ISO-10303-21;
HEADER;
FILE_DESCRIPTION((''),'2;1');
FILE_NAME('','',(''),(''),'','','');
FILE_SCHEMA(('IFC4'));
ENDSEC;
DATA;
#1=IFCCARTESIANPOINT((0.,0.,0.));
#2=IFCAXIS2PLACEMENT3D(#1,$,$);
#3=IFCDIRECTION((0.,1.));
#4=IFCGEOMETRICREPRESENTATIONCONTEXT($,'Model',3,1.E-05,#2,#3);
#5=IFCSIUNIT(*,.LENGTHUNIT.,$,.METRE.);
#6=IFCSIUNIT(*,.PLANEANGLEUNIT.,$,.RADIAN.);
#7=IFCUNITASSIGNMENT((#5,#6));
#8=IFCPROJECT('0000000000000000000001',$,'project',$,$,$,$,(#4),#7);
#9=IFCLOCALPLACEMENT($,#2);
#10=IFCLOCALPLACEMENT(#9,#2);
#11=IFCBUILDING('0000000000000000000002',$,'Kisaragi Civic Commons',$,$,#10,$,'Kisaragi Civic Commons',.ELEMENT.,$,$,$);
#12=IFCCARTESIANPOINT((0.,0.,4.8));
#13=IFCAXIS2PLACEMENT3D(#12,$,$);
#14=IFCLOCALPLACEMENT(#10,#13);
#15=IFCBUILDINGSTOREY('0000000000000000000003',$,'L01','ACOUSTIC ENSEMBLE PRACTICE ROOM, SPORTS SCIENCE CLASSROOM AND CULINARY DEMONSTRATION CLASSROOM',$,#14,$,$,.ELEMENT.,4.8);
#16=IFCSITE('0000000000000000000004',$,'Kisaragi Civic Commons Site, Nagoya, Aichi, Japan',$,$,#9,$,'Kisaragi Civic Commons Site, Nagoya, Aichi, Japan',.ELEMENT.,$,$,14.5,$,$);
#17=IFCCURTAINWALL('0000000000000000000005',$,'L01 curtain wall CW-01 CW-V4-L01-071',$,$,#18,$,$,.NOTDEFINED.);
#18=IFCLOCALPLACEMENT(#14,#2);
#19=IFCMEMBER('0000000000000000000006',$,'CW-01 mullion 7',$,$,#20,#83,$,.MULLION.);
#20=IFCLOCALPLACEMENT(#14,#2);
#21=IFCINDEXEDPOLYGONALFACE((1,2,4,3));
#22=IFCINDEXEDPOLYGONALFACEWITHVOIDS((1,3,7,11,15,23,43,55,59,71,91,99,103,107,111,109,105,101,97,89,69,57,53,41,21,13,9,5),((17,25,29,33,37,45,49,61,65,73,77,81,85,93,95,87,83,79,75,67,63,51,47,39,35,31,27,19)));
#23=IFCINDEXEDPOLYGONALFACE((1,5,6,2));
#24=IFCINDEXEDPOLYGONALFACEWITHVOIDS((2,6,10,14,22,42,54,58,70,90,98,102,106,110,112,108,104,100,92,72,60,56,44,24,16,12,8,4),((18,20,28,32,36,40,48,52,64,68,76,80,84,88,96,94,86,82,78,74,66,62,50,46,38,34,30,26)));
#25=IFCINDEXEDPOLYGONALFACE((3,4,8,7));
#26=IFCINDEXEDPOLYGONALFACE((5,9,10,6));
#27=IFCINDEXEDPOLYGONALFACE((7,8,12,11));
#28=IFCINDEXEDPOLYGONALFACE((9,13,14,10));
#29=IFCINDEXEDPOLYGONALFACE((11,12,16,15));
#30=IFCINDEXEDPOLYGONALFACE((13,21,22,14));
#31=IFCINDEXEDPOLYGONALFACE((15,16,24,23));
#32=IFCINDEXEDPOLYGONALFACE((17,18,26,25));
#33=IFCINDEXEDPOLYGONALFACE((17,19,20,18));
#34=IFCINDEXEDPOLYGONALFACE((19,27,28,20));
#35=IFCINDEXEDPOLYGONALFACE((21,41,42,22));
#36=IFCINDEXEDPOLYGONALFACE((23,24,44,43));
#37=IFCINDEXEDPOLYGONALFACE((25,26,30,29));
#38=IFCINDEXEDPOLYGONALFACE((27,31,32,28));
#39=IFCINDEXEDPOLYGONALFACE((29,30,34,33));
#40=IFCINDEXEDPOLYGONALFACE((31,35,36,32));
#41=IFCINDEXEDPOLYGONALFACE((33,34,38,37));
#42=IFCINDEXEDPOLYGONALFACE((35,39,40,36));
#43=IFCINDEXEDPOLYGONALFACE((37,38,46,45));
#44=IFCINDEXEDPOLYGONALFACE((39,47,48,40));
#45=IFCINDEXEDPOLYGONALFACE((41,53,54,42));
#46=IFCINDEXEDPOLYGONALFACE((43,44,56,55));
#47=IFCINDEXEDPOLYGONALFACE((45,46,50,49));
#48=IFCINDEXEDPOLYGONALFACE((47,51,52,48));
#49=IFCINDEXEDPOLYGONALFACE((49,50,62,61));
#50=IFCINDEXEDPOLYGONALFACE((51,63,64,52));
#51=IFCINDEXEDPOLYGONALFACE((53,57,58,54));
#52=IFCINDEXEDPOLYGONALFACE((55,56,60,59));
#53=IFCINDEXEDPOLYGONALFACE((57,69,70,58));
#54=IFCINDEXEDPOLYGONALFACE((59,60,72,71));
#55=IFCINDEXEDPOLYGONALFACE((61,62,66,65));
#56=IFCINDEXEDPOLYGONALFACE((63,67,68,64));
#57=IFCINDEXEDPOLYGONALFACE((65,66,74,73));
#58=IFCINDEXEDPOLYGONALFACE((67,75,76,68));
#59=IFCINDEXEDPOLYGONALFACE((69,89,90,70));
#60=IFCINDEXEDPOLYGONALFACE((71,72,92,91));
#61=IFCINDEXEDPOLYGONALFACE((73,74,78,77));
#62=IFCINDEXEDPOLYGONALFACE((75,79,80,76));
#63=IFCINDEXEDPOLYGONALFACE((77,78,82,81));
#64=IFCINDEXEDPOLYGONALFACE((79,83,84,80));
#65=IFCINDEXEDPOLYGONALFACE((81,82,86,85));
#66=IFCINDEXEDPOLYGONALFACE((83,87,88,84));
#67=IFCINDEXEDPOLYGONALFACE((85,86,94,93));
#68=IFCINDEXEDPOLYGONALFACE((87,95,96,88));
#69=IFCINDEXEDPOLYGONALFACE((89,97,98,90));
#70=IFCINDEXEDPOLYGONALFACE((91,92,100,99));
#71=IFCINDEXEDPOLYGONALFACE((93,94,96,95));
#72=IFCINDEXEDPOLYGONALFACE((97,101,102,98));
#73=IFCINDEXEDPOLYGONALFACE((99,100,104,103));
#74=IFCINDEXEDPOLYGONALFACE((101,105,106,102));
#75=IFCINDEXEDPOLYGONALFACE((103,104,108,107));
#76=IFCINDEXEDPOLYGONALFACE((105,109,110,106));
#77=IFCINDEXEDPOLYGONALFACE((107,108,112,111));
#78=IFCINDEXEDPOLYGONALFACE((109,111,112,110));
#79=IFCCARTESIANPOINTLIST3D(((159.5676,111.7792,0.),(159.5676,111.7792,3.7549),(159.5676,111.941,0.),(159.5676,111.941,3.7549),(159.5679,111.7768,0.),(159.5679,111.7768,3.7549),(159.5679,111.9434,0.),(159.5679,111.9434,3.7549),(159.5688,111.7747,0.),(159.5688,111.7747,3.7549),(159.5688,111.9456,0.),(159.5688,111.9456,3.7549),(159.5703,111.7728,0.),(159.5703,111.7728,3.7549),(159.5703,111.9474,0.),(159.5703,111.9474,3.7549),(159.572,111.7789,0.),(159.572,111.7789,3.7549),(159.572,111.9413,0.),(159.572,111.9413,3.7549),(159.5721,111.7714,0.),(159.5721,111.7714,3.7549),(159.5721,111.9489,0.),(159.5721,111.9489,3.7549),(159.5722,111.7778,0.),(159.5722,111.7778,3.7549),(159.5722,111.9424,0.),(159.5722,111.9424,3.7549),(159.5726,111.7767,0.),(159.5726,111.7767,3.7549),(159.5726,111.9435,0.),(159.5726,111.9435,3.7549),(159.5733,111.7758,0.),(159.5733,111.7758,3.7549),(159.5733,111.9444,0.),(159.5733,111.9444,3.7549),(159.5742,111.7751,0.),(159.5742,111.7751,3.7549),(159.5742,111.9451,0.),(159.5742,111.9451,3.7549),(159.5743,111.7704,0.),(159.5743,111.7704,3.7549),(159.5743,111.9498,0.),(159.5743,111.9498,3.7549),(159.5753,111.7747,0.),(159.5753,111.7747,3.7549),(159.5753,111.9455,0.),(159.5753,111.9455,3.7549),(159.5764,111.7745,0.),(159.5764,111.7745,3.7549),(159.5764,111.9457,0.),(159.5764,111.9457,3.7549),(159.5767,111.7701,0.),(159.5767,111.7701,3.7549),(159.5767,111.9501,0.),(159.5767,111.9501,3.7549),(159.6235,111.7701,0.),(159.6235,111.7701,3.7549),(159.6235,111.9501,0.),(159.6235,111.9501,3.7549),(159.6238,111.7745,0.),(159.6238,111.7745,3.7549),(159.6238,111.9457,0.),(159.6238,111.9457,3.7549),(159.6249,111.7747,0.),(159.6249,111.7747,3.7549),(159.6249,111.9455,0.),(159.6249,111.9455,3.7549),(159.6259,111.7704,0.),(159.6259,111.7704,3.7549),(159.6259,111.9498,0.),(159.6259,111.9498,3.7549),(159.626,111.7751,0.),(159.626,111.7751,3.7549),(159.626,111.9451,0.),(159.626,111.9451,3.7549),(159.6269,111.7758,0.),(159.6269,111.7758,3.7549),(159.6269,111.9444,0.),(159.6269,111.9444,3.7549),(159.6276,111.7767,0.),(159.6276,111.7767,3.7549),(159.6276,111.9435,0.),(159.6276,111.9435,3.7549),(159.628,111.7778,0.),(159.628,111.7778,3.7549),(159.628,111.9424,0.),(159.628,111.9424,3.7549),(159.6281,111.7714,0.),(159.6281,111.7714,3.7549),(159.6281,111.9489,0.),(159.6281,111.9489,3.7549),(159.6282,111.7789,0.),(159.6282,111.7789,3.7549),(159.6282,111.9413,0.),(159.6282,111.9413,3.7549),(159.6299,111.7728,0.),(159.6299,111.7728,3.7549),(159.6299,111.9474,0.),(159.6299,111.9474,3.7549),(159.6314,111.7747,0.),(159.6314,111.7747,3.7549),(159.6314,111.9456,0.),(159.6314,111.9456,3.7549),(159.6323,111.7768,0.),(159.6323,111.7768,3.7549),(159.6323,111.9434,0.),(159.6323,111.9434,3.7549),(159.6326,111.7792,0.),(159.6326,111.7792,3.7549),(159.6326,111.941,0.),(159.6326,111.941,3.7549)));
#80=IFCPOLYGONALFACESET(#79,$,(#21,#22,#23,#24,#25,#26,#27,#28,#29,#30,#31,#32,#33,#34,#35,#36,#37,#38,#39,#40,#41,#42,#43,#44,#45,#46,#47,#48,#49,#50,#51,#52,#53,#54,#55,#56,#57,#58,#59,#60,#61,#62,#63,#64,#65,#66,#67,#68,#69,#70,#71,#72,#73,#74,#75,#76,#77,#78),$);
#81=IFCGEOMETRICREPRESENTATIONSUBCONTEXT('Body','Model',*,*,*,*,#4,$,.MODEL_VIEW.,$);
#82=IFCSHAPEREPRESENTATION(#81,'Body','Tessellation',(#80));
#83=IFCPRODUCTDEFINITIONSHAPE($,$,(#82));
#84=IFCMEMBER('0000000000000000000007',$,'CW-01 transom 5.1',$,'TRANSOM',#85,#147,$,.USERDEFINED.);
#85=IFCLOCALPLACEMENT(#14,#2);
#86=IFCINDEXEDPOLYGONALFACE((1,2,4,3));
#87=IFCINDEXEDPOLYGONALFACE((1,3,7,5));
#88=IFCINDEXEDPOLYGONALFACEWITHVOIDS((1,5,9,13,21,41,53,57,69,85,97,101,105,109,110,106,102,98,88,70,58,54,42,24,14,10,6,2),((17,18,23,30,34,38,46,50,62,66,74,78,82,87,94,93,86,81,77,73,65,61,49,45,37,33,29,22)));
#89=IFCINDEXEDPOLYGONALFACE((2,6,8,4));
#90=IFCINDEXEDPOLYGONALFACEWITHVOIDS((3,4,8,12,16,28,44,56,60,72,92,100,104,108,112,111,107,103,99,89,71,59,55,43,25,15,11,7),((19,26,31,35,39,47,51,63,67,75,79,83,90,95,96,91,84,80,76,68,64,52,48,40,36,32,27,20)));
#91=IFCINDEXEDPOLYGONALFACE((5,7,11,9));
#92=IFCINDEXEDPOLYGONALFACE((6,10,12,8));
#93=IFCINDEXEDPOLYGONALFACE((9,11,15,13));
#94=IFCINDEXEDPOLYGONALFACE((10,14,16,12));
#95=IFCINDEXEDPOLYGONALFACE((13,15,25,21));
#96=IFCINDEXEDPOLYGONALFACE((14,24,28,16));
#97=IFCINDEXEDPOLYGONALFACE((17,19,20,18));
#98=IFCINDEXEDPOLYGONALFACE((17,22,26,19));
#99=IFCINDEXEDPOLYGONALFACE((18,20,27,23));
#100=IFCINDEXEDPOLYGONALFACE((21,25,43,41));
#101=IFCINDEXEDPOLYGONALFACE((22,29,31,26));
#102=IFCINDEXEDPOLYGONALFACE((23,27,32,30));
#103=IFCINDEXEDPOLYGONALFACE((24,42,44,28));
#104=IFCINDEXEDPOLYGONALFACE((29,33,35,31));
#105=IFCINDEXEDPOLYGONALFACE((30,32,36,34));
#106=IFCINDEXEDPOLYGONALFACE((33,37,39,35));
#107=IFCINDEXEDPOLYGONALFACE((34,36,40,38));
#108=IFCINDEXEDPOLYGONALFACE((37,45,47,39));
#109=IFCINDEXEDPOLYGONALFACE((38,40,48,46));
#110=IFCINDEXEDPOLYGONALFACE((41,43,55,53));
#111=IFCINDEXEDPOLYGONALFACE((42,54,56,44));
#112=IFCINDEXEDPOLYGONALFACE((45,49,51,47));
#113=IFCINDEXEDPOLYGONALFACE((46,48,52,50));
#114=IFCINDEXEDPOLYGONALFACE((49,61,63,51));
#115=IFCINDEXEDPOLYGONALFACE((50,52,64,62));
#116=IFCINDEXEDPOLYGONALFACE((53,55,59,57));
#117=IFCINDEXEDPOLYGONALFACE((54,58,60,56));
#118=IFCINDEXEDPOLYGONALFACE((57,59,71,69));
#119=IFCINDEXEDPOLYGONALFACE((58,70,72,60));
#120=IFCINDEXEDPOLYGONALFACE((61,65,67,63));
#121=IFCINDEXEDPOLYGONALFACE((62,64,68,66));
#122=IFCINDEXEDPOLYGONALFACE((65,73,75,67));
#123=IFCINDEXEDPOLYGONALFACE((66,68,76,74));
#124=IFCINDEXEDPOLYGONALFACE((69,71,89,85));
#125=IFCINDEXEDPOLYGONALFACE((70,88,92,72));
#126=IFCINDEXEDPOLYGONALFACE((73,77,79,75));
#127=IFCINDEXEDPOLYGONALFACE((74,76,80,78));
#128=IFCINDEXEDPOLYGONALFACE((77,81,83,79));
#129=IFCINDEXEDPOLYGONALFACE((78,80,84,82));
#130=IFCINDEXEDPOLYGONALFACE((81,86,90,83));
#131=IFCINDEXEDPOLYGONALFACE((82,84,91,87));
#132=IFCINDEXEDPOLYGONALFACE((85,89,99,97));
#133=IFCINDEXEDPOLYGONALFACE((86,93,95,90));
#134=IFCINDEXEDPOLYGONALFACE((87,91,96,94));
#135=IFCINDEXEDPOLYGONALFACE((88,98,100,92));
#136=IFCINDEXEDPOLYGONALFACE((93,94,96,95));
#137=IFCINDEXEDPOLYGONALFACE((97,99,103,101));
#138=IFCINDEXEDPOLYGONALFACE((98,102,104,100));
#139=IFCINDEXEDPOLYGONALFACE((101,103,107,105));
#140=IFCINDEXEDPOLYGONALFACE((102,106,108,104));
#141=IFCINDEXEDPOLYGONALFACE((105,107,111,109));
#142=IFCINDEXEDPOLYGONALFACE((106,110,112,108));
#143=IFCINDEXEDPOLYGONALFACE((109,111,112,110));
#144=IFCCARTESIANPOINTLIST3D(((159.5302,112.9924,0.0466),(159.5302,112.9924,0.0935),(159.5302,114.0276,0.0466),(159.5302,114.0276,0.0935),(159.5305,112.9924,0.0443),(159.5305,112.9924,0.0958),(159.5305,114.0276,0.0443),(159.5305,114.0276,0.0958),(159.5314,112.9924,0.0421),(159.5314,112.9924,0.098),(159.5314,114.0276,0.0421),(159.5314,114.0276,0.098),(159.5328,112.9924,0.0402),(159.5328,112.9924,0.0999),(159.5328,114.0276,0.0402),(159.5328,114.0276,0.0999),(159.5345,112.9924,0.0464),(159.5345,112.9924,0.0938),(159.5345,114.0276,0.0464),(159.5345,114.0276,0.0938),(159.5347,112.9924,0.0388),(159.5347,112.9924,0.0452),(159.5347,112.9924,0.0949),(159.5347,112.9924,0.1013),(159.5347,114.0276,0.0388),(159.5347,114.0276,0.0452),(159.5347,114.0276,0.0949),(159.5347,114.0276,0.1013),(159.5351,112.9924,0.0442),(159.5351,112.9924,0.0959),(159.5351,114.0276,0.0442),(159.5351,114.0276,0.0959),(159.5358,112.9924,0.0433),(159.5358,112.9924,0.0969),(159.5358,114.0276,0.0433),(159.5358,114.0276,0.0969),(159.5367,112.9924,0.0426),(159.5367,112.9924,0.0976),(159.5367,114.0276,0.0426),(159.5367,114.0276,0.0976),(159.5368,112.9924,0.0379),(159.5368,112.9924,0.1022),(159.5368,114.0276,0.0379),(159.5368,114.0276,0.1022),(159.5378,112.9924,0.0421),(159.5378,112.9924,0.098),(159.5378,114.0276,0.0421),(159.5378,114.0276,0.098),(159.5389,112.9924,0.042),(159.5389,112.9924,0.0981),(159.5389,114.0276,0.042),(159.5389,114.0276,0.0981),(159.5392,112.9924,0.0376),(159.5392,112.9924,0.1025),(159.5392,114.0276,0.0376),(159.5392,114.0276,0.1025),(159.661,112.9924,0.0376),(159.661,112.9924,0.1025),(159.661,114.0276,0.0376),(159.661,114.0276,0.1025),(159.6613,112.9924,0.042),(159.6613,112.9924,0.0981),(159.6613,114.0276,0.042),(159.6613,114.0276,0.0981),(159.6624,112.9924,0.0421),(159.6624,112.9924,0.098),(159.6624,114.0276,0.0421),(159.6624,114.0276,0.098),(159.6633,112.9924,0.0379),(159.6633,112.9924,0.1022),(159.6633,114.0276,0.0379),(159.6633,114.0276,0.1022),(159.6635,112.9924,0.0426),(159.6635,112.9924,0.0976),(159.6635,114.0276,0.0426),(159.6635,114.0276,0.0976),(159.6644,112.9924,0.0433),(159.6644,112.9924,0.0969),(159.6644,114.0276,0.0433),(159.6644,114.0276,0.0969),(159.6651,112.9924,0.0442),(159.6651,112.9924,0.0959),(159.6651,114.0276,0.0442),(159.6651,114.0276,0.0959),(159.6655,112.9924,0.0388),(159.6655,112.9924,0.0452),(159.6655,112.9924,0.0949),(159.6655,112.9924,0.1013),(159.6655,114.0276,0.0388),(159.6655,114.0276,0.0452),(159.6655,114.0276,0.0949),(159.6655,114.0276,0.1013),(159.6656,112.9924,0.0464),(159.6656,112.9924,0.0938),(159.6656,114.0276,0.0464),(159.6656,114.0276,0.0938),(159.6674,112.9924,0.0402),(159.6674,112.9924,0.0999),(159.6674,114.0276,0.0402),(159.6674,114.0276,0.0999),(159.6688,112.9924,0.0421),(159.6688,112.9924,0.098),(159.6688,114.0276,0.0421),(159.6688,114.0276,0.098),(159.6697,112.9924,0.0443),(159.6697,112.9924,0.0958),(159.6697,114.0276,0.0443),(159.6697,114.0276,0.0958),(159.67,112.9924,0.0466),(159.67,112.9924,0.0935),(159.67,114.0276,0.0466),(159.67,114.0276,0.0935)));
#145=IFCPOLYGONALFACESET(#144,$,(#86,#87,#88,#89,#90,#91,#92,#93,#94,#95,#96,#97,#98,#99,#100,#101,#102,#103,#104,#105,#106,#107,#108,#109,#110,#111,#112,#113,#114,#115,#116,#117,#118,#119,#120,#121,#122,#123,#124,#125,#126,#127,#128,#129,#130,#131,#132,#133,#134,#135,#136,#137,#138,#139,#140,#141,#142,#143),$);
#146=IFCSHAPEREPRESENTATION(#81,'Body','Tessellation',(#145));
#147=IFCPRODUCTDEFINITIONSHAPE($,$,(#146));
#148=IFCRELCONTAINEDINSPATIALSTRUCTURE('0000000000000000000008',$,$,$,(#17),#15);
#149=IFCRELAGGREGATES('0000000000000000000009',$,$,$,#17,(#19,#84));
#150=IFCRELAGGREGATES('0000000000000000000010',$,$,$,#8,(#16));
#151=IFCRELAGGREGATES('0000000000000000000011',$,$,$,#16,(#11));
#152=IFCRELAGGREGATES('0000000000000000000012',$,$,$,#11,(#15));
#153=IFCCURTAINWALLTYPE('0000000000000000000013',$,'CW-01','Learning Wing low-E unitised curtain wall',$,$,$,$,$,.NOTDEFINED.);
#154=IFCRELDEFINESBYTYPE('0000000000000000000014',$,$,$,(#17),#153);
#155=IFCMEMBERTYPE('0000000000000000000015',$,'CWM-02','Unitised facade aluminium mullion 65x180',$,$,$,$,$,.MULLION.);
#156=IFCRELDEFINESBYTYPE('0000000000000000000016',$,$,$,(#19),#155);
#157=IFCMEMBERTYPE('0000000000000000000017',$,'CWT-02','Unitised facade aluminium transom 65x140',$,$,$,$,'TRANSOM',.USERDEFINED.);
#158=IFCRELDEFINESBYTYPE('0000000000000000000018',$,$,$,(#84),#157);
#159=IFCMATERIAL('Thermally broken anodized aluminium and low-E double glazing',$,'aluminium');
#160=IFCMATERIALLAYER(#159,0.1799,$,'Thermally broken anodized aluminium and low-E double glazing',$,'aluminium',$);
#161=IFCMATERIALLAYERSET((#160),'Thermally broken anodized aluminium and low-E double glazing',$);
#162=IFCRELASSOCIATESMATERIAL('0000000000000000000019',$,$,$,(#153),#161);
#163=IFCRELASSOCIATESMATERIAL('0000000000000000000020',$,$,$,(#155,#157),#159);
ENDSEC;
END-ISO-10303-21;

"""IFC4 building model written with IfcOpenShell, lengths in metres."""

from ifc_helpers import new_model, si_unit, direction, frame, origin, origin_2d, place, context, subcontext, project, spatial, hollow_rectangle, extrude, material, layer, layer_set, material_profile, profile_set, type_object, element, aggregate, save


model = new_model("IFC4")

# Units and contexts
model_context = context("Model", 3, precision=1e-05, world=origin(), true_north=direction((0.0, 1.0)))
body_context = subcontext(model_context, "Body", "Model", "MODEL_VIEW")
ifc_project = project(units=[si_unit("LENGTHUNIT", "METRE"), si_unit("PLANEANGLEUNIT", "RADIAN")], contexts=[model_context])

# Site, building, storey
site_placement = place(None, origin())
site = spatial("IfcSite", under=ifc_project, at=site_placement, Name="Kisaragi Civic Commons Site, Nagoya, Aichi, Japan", LongName="Kisaragi Civic Commons Site, Nagoya, Aichi, Japan", CompositionType="ELEMENT", RefElevation=14.5)
building_placement = place(site_placement, origin())
building = spatial("IfcBuilding", under=site, at=building_placement, Name="Kisaragi Civic Commons", LongName="Kisaragi Civic Commons", CompositionType="ELEMENT")
storey_placement = place(building_placement, frame((0.0, 0.0, 4.8)))
storey = spatial("IfcBuildingStorey", under=building, at=storey_placement, Name="L01", Description="ACOUSTIC ENSEMBLE PRACTICE ROOM, SPORTS SCIENCE CLASSROOM AND CULINARY DEMONSTRATION CLASSROOM", CompositionType="ELEMENT", Elevation=4.8)

# Curtain wall, members
ifc_material = material(Name="Thermally broken anodized aluminium and low-E double glazing", Category="aluminium")
ifc_layer_1 = layer(ifc_material, 0.1799, Name="Thermally broken anodized aluminium and low-E double glazing", Category="aluminium")
ifc_layer_set_1 = layer_set([ifc_layer_1], Name="Thermally broken anodized aluminium and low-E double glazing")
curtain_wall_type = type_object("IfcCurtainWallType", Name="CW-01", Description="Learning Wing low-E unitised curtain wall", PredefinedType="NOTDEFINED", material=ifc_layer_set_1)
curtain_wall_placement = place(storey_placement, origin())
curtain_wall = element("IfcCurtainWall", 1, at=curtain_wall_placement, inside=storey, type_object=curtain_wall_type, Name="L01 curtain wall CW-01 CW-V4-L01-071", PredefinedType="NOTDEFINED")
ifc_material_profile_1 = material_profile(ifc_material, hollow_rectangle(XDim=0.0649, YDim=0.1799, WallThickness=0.0044, InnerFilletRadius=0.0044, OuterFilletRadius=0.009, at=origin_2d()), Name="CWM-65x180x4.5", Category="aluminium")
ifc_profile_set_1 = profile_set([ifc_material_profile_1], Name="Thermally broken anodized aluminium and low-E double glazing")
member_type_1 = type_object("IfcMemberType", Name="CWM-02", Description="Unitised facade aluminium mullion 65x180", PredefinedType="MULLION", material=ifc_profile_set_1)
member_1_placement = place(storey_placement, frame((159.6001, 111.8601, 0.0), z_axis=(0.0, 0.0, 1.0), x_axis=(1.0, 0.0, 0.0)))
member_1 = element("IfcMember", 2, at=member_1_placement, type_object=member_type_1, Name="CW-01 mullion 7", PredefinedType="MULLION", context=body_context, shape_type="SweptSolid", body=[
    extrude(hollow_rectangle(XDim=0.0649, YDim=0.1799, WallThickness=0.0044, InnerFilletRadius=0.0044, OuterFilletRadius=0.009, at=origin_2d()), origin(), (0.0, 0.0, 1.0), 3.7549),
])
ifc_material_profile_2 = material_profile(ifc_material, hollow_rectangle(XDim=0.1399, YDim=0.0649, WallThickness=0.0044, InnerFilletRadius=0.0044, OuterFilletRadius=0.009, at=origin_2d()), Name="CWT-65x140x4.5", Category="aluminium")
ifc_profile_set_2 = profile_set([ifc_material_profile_2], Name="Thermally broken anodized aluminium and low-E double glazing")
member_type_2 = type_object("IfcMemberType", Name="CWT-02", Description="Unitised facade aluminium transom 65x140", ElementType="TRANSOM", PredefinedType="USERDEFINED", material=ifc_profile_set_2)
member_2_placement = place(storey_placement, frame((159.6001, 114.0276, 0.0701), z_axis=(0.0, -1.0, 0.0), x_axis=(1.0, 0.0, 0.0)))
member_2 = element("IfcMember", 3, at=member_2_placement, type_object=member_type_2, Name="CW-01 transom 5.1", ObjectType="TRANSOM", PredefinedType="USERDEFINED", context=body_context, shape_type="SweptSolid", body=[
    extrude(hollow_rectangle(XDim=0.1399, YDim=0.0649, WallThickness=0.0044, InnerFilletRadius=0.0044, OuterFilletRadius=0.009, at=origin_2d()), origin(), (0.0, 0.0, 1.0), 1.0352),
])
aggregate(curtain_wall, [member_1, member_2])

save(model, "model.ifc")
